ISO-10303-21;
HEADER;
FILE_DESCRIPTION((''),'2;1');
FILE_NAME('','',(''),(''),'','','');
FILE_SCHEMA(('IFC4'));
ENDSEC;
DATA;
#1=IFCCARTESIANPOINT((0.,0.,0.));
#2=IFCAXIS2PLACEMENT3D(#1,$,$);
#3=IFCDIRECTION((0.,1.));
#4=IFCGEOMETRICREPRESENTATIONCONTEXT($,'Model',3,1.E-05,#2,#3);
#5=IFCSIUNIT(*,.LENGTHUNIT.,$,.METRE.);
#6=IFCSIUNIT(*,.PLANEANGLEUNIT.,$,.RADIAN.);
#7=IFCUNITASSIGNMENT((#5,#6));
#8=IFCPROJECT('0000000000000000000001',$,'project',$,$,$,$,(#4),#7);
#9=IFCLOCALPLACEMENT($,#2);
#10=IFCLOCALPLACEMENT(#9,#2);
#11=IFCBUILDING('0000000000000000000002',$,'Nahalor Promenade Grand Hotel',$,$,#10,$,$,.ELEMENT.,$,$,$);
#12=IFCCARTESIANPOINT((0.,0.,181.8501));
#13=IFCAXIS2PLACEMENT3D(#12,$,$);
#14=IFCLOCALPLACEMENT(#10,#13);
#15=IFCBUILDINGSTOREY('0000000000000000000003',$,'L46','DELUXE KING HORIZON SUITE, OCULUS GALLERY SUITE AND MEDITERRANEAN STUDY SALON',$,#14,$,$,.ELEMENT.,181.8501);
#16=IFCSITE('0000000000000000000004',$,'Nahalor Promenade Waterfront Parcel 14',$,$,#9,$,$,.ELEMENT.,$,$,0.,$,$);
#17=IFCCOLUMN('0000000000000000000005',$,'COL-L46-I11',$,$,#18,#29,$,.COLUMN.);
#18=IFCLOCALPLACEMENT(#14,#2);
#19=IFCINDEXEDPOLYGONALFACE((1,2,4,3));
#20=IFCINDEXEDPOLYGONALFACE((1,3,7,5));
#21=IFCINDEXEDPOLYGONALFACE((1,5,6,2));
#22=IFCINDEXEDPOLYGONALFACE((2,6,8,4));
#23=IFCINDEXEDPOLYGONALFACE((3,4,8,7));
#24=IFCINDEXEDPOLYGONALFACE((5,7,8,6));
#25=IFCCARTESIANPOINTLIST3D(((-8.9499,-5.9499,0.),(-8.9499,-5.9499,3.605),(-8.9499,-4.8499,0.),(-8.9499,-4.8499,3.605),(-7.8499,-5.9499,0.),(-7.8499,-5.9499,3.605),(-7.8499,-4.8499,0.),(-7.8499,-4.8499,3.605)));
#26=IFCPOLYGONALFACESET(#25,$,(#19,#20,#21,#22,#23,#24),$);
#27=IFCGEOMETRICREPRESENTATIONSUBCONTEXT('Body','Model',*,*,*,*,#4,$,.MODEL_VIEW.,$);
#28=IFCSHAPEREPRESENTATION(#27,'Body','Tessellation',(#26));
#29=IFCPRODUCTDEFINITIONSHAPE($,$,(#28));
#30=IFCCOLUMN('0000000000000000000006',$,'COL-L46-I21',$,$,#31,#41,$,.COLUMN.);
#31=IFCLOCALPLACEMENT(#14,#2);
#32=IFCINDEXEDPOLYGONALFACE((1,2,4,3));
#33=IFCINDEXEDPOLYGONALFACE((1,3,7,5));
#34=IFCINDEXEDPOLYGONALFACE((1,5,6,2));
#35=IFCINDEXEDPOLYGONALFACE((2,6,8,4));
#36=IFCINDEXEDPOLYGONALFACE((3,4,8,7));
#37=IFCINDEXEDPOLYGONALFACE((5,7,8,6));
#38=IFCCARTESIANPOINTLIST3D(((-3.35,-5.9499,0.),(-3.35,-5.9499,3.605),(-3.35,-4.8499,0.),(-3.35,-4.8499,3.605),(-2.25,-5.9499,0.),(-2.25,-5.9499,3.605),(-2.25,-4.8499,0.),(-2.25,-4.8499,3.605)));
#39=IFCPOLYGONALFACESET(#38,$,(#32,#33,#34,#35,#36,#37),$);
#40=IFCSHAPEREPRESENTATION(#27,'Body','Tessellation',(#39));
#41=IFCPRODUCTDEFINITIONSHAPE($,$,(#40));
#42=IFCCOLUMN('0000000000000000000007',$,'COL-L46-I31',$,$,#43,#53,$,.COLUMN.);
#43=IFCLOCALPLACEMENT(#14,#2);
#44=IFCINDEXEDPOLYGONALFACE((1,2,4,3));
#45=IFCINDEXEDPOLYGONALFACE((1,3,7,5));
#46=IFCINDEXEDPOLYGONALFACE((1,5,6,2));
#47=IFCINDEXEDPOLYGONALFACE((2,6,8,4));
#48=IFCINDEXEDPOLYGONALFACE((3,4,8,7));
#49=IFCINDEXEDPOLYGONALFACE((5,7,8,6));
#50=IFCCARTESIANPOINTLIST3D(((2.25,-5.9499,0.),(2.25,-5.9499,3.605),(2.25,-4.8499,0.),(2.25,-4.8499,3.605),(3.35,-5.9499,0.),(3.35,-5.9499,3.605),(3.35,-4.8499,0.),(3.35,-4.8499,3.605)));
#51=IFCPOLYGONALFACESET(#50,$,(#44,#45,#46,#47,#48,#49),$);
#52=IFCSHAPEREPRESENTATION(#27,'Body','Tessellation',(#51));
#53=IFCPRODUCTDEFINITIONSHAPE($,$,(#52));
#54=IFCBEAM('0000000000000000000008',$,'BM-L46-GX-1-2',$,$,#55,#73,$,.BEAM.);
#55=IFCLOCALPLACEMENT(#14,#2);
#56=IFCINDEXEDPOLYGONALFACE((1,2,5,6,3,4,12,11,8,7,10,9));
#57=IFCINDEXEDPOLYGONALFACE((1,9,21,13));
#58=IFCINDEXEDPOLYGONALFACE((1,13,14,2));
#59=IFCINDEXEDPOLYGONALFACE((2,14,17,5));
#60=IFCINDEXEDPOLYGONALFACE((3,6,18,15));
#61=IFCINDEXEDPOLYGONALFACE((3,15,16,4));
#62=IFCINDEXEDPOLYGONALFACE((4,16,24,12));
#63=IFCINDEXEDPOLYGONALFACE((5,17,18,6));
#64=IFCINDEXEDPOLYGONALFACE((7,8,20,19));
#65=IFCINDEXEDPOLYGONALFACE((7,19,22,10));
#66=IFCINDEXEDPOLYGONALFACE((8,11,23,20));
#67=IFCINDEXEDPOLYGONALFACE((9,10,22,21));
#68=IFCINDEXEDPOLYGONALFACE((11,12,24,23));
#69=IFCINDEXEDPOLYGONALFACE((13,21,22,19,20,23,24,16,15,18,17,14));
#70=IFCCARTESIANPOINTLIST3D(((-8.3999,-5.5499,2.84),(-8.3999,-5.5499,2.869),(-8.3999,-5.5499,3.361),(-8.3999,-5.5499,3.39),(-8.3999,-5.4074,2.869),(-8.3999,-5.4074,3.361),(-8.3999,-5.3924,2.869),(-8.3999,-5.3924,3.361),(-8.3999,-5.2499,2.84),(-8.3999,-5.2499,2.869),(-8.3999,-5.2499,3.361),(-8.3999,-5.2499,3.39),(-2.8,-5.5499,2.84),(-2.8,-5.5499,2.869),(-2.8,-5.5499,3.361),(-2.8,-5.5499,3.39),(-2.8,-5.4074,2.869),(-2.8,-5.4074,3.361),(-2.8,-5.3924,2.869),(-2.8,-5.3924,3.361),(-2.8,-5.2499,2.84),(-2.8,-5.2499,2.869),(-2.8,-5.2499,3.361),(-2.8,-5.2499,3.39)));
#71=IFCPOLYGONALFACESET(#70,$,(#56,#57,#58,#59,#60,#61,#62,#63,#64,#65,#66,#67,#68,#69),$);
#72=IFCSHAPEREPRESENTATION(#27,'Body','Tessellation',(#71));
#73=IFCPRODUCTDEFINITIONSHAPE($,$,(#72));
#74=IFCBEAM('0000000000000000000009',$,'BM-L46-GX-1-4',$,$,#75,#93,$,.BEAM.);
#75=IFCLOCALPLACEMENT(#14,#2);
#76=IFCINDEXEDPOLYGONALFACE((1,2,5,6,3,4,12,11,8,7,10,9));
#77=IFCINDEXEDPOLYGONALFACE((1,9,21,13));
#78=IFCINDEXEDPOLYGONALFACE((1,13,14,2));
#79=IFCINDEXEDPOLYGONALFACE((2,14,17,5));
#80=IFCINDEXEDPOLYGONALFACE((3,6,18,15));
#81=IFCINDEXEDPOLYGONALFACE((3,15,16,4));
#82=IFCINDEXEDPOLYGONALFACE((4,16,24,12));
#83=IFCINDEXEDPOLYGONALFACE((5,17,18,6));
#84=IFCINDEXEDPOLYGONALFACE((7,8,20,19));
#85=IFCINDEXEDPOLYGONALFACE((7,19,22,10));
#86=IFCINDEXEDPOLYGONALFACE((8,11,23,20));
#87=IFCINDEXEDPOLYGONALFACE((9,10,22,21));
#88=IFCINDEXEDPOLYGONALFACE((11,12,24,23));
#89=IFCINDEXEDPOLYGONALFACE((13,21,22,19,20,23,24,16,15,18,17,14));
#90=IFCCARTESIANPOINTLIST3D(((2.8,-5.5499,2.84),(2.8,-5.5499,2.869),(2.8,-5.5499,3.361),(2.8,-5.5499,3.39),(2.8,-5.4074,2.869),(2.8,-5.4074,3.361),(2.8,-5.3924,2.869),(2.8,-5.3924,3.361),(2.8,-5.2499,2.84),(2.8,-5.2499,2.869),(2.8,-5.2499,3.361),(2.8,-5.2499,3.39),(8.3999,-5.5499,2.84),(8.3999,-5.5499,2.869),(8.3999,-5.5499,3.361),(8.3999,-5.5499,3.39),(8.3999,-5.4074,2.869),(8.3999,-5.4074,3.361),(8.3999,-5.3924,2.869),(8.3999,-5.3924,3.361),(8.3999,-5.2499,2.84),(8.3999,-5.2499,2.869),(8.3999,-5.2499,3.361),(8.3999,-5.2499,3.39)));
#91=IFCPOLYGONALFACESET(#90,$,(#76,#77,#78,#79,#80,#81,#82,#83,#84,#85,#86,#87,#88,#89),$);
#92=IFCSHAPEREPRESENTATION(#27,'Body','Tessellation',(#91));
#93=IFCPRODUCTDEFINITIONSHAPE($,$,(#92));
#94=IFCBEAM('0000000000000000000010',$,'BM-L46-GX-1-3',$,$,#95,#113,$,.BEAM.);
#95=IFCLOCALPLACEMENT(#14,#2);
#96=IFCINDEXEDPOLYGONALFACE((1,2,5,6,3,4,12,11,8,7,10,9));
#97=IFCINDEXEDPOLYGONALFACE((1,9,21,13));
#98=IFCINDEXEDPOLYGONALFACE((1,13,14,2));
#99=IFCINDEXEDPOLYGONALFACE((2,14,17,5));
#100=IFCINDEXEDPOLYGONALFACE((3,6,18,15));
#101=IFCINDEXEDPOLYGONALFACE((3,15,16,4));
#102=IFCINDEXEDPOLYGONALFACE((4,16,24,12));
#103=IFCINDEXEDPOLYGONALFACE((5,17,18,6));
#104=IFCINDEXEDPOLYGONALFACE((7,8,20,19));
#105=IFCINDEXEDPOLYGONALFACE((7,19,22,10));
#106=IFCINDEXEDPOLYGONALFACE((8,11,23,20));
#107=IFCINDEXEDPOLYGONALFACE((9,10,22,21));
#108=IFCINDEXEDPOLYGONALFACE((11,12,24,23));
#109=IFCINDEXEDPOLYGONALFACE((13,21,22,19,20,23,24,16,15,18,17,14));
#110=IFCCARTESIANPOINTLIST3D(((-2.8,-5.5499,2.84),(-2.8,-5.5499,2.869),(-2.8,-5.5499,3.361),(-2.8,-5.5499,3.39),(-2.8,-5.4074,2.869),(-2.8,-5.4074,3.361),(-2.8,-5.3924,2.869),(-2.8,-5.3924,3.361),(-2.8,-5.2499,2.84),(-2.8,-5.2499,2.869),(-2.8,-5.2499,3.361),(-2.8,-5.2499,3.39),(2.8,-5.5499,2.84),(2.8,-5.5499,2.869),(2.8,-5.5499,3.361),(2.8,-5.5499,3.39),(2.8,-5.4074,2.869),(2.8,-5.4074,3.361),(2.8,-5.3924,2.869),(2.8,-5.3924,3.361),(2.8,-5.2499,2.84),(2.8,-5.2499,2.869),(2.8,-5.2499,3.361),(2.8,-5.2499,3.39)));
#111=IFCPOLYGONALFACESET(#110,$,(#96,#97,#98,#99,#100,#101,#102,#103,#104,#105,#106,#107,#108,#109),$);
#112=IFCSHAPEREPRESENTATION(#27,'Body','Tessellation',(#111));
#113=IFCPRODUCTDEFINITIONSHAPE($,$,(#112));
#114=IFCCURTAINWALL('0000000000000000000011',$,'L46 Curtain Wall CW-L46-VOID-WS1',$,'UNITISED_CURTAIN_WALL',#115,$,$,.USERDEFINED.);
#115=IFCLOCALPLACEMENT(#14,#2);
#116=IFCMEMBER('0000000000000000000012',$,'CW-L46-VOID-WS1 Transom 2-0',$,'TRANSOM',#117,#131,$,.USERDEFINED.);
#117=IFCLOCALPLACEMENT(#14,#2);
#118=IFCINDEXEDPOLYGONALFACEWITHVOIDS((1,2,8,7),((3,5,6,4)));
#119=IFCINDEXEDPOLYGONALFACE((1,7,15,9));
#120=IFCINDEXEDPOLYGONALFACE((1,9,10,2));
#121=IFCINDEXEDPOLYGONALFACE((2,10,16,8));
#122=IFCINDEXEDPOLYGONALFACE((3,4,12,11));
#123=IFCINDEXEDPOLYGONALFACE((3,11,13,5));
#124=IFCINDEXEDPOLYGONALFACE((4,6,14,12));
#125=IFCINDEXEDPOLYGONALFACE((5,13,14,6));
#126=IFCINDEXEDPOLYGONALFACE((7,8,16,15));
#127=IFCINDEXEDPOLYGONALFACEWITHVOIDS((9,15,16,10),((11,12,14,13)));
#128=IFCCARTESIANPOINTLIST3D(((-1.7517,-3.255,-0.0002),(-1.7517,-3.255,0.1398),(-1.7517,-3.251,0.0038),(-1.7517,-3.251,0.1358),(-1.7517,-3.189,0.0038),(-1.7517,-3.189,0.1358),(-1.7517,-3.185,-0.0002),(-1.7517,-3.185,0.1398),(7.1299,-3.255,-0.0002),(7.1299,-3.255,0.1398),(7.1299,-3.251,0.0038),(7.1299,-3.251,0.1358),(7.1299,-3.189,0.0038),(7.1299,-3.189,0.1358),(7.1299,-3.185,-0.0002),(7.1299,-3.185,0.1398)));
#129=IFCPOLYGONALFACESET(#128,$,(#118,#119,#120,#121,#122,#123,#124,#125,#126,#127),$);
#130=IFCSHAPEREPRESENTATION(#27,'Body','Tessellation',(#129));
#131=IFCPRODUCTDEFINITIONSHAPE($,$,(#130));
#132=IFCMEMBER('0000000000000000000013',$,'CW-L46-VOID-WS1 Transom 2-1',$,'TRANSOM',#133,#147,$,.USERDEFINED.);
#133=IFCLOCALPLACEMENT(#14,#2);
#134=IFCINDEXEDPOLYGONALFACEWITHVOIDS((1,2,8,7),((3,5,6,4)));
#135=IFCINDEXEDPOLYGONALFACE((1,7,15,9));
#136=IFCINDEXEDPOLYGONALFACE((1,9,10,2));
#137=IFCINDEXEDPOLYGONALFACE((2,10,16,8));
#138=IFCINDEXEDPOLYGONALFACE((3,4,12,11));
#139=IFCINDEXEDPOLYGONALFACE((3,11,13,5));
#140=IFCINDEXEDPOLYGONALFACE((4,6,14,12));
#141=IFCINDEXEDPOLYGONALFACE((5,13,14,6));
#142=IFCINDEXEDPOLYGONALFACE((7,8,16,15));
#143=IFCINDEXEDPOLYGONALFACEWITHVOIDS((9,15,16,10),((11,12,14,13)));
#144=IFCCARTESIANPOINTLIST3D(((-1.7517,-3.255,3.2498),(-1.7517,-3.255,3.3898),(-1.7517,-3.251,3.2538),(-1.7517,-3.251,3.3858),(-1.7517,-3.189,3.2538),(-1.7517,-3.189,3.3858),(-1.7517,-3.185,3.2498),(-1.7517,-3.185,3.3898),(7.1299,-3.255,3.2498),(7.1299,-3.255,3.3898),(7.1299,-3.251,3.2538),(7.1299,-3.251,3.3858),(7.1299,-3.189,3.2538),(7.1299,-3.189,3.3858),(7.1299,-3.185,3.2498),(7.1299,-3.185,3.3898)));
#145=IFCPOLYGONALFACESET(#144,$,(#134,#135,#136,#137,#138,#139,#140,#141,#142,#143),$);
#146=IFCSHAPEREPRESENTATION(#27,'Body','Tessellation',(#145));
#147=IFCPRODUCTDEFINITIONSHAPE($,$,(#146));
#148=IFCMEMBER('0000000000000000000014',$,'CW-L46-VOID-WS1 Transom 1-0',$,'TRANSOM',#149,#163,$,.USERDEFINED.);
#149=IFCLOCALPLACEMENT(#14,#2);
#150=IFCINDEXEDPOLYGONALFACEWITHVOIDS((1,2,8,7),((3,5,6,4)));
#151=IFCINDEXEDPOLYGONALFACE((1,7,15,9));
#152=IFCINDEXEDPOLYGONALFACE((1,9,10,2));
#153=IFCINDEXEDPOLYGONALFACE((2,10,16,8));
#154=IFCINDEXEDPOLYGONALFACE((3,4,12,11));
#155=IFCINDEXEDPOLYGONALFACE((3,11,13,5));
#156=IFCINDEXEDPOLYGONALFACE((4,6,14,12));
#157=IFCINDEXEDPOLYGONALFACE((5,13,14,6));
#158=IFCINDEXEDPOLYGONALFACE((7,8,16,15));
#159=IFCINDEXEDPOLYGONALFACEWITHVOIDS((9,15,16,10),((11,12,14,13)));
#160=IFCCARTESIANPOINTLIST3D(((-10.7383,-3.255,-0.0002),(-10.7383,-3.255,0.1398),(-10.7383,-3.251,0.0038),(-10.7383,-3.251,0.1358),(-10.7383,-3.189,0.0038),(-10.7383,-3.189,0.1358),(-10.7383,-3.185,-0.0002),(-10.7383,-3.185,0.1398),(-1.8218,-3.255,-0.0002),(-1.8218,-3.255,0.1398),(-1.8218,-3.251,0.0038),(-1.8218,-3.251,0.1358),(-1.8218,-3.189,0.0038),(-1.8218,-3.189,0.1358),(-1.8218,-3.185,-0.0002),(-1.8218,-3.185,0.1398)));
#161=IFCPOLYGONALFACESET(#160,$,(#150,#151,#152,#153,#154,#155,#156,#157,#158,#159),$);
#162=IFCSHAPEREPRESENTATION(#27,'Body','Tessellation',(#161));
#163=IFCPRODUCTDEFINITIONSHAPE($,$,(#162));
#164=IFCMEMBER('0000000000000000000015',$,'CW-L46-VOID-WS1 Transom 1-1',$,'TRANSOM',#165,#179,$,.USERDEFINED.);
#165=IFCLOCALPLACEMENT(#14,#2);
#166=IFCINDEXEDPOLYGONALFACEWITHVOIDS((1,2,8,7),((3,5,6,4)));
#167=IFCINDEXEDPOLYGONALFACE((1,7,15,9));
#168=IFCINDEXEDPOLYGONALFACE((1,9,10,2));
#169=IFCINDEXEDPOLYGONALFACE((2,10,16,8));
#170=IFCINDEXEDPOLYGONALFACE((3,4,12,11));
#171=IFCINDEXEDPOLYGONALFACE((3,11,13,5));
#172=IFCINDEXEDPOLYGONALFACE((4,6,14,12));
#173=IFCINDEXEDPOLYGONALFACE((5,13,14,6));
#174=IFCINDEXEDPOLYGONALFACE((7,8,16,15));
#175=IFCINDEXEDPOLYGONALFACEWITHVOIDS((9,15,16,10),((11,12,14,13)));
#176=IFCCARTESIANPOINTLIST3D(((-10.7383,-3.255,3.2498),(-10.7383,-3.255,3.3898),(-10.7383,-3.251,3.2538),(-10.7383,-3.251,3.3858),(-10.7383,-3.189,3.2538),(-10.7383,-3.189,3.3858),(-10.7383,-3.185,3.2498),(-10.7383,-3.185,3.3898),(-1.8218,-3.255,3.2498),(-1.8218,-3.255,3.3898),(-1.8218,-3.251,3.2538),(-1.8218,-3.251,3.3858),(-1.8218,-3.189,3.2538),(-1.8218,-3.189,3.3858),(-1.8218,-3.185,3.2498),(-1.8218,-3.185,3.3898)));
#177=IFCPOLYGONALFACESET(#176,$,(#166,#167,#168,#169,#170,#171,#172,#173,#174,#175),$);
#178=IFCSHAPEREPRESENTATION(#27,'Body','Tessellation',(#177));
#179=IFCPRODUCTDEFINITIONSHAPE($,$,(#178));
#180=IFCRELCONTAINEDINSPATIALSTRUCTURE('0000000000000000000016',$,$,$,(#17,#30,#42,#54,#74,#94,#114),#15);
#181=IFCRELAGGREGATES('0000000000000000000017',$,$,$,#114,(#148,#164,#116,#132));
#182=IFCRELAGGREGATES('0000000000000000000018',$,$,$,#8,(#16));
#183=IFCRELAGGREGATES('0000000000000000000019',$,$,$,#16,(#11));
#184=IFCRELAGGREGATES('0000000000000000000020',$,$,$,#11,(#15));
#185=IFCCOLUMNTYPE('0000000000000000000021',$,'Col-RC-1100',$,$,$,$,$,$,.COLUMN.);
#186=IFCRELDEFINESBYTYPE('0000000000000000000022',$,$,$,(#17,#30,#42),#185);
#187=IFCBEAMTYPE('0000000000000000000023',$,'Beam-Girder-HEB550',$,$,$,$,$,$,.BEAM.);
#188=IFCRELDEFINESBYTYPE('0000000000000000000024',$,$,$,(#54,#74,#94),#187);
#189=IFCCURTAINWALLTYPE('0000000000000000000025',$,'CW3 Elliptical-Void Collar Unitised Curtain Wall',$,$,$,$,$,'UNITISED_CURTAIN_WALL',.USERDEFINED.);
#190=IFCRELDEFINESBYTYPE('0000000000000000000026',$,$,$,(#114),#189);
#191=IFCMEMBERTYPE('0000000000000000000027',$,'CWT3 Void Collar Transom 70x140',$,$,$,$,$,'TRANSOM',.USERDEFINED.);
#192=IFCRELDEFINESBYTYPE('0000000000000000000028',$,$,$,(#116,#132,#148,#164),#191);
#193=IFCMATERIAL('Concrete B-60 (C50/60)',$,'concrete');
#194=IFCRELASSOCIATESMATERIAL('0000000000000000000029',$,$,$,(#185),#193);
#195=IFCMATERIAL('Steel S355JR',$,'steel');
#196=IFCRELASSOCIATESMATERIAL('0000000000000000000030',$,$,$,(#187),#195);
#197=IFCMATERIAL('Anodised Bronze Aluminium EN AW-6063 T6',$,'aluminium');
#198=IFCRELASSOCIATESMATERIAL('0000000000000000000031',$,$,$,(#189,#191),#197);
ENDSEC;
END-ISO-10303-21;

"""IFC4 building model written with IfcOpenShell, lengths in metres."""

from ifc_helpers import new_model, si_unit, direction, frame, origin, origin_2d, place, context, subcontext, project, spatial, rectangle, hollow_rectangle, i_section, extrude, source, transform, mapped, material, material_profile, profile_set, type_object, element, aggregate, save


model = new_model("IFC4")

# Units and contexts
model_context = context("Model", 3, precision=1e-05, world=origin(), true_north=direction((0.0, 1.0)))
body_context = subcontext(model_context, "Body", "Model", "MODEL_VIEW")
ifc_project = project(units=[si_unit("LENGTHUNIT", "METRE"), si_unit("PLANEANGLEUNIT", "RADIAN")], contexts=[model_context])

# Site, building, storey
site_placement = place(None, origin())
site = spatial("IfcSite", under=ifc_project, at=site_placement, Name="Nahalor Promenade Waterfront Parcel 14", CompositionType="ELEMENT", RefElevation=0.0)
building_placement = place(site_placement, origin())
building = spatial("IfcBuilding", under=site, at=building_placement, Name="Nahalor Promenade Grand Hotel", CompositionType="ELEMENT")
storey_placement = place(building_placement, frame((0.0, 0.0, 181.8501)))
storey = spatial("IfcBuildingStorey", under=building, at=storey_placement, Name="L46", Description="DELUXE KING HORIZON SUITE, OCULUS GALLERY SUITE AND MEDITERRANEAN STUDY SALON", CompositionType="ELEMENT", Elevation=181.8501)

# Columns
ifc_material_1 = material(Name="Concrete B-60 (C50/60)", Category="concrete")
ifc_material_profile_1 = material_profile(ifc_material_1, rectangle(XDim=1.1, YDim=1.1, at=origin_2d()), Name="RC 1100x1100")
ifc_profile_set_1 = profile_set([ifc_material_profile_1], Name="Concrete B-60 (C50/60)")
column_type = type_object("IfcColumnType", Name="Col-RC-1100", PredefinedType="COLUMN", material=ifc_profile_set_1)
shared_shape_1 = source(origin(), body_context, "Body", "SweptSolid", [
    extrude(rectangle(XDim=1.1, YDim=1.1, at=origin_2d()), origin(), (0.0, 0.0, 1.0), 3.605),
])
for number, where, z_axis, x_axis, name in (
    (1, (-8.3999, -5.3999, 0.0), (0.0, 0.0, 1.0), (1.0, 0.0, 0.0), "COL-L46-I11"),
    (2, (-2.8, -5.3999, 0.0), (0.0, 0.0, 1.0), (1.0, 0.0, 0.0), "COL-L46-I21"),
    (3, (2.8, -5.3999, 0.0), (0.0, 0.0, 1.0), (1.0, 0.0, 0.0), "COL-L46-I31"),
):
    element("IfcColumn", number, at=place(storey_placement, frame(where, z_axis=z_axis, x_axis=x_axis)), inside=storey, type_object=column_type, Name=name, PredefinedType="COLUMN", context=body_context, shape_type="MappedRepresentation", body=[
        mapped(shared_shape_1, transform((0.0, 0.0, 0.0), scale=1.0)),
    ])

# Beams
ifc_material_2 = material(Name="Steel S355JR", Category="steel")
ifc_material_profile_2 = material_profile(ifc_material_2, i_section(OverallWidth=0.3, OverallDepth=0.55, WebThickness=0.015, FlangeThickness=0.029, at=origin_2d()), Name="HEB 550")
ifc_profile_set_2 = profile_set([ifc_material_profile_2], Name="Steel S355JR")
beam_type = type_object("IfcBeamType", Name="Beam-Girder-HEB550", PredefinedType="BEAM", material=ifc_profile_set_2)
shared_shape_2 = source(origin(), body_context, "Body", "SweptSolid", [
    extrude(i_section(OverallWidth=0.3, OverallDepth=0.55, WebThickness=0.015, FlangeThickness=0.029, at=origin_2d()), origin(), (0.0, 0.0, 1.0), 5.5999),
])
for number, where, z_axis, x_axis, name in (
    (4, (-8.3999, -5.3999, 3.115), (1.0, 0.0, 0.0), (0.0, 1.0, 0.0), "BM-L46-GX-1-2"),
    (5, (2.8, -5.3999, 3.115), (1.0, 0.0, 0.0), (0.0, 1.0, 0.0), "BM-L46-GX-1-4"),
):
    element("IfcBeam", number, at=place(storey_placement, frame(where, z_axis=z_axis, x_axis=x_axis)), inside=storey, type_object=beam_type, Name=name, PredefinedType="BEAM", context=body_context, shape_type="MappedRepresentation", body=[
        mapped(shared_shape_2, transform((0.0, 0.0, 0.0), scale=1.0)),
    ])
shared_shape_3 = source(origin(), body_context, "Body", "SweptSolid", [
    extrude(i_section(OverallWidth=0.3, OverallDepth=0.55, WebThickness=0.015, FlangeThickness=0.029, at=origin_2d()), origin(), (0.0, 0.0, 1.0), 5.6001),
])
beam_placement = place(storey_placement, frame((-2.8, -5.3999, 3.115), z_axis=(1.0, 0.0, 0.0), x_axis=(0.0, 1.0, 0.0)))
element("IfcBeam", 6, at=beam_placement, inside=storey, type_object=beam_type, Name="BM-L46-GX-1-3", PredefinedType="BEAM", context=body_context, shape_type="MappedRepresentation", body=[
    mapped(shared_shape_3, transform((0.0, 0.0, 0.0), scale=1.0)),
])

# Curtain wall, members
ifc_material_3 = material(Name="Anodised Bronze Aluminium EN AW-6063 T6", Category="aluminium")
curtain_wall_type = type_object("IfcCurtainWallType", Name="CW3 Elliptical-Void Collar Unitised Curtain Wall", ElementType="UNITISED_CURTAIN_WALL", PredefinedType="USERDEFINED", material=ifc_material_3)
curtain_wall_placement = place(storey_placement, origin())
curtain_wall = element("IfcCurtainWall", 7, at=curtain_wall_placement, inside=storey, type_object=curtain_wall_type, Name="L46 Curtain Wall CW-L46-VOID-WS1", ObjectType="UNITISED_CURTAIN_WALL", PredefinedType="USERDEFINED")
ifc_material_profile_3 = material_profile(ifc_material_3, hollow_rectangle(XDim=0.07, YDim=0.14, WallThickness=0.004, at=origin_2d()), Name="CWT 70x140x4")
ifc_profile_set_3 = profile_set([ifc_material_profile_3], Name="Anodised Bronze Aluminium EN AW-6063 T6")
member_type_1 = type_object("IfcMemberType", Name="CWT3 Void Collar Transom 70x140", ElementType="TRANSOM", PredefinedType="USERDEFINED", material=ifc_profile_set_3)
shared_shape_4 = source(origin(), body_context, "Body", "SweptSolid", [
    extrude(hollow_rectangle(XDim=0.07, YDim=0.14, WallThickness=0.004, at=origin_2d()), origin(), (0.0, 0.0, 1.0), 8.8816),
])
member_1_placement = place(storey_placement, frame((-1.7517, -3.22, 0.0698), z_axis=(1.0, 0.0, 0.0), x_axis=(0.0, 1.0, 0.0)))
member_1 = element("IfcMember", 8, at=member_1_placement, type_object=member_type_1, Name="CW-L46-VOID-WS1 Transom 2-0", ObjectType="TRANSOM", PredefinedType="USERDEFINED", context=body_context, shape_type="MappedRepresentation", body=[
    mapped(shared_shape_4, transform((0.0, 0.0, 0.0), scale=1.0)),
])
member_2_placement = place(storey_placement, frame((-1.7517, -3.22, 3.3198), z_axis=(1.0, 0.0, 0.0), x_axis=(0.0, 1.0, 0.0)))
member_2 = element("IfcMember", 9, at=member_2_placement, type_object=member_type_1, Name="CW-L46-VOID-WS1 Transom 2-1", ObjectType="TRANSOM", PredefinedType="USERDEFINED", context=body_context, shape_type="MappedRepresentation", body=[
    mapped(shared_shape_4, transform((0.0, 0.0, 0.0), scale=1.0)),
])
shared_shape_5 = source(origin(), body_context, "Body", "SweptSolid", [
    extrude(hollow_rectangle(XDim=0.07, YDim=0.14, WallThickness=0.004, at=origin_2d()), origin(), (0.0, 0.0, 1.0), 8.9165),
])
member_3_placement = place(storey_placement, frame((-10.7383, -3.22, 0.0698), z_axis=(1.0, 0.0, 0.0), x_axis=(0.0, 1.0, 0.0)))
member_3 = element("IfcMember", 10, at=member_3_placement, type_object=member_type_1, Name="CW-L46-VOID-WS1 Transom 1-0", ObjectType="TRANSOM", PredefinedType="USERDEFINED", context=body_context, shape_type="MappedRepresentation", body=[
    mapped(shared_shape_5, transform((0.0, 0.0, 0.0), scale=1.0)),
])
member_4_placement = place(storey_placement, frame((-10.7383, -3.22, 3.3198), z_axis=(1.0, 0.0, 0.0), x_axis=(0.0, 1.0, 0.0)))
member_4 = element("IfcMember", 11, at=member_4_placement, type_object=member_type_1, Name="CW-L46-VOID-WS1 Transom 1-1", ObjectType="TRANSOM", PredefinedType="USERDEFINED", context=body_context, shape_type="MappedRepresentation", body=[
    mapped(shared_shape_5, transform((0.0, 0.0, 0.0), scale=1.0)),
])

aggregate(curtain_wall, [member_3, member_4, member_1, member_2])

save(model, "model.ifc")
